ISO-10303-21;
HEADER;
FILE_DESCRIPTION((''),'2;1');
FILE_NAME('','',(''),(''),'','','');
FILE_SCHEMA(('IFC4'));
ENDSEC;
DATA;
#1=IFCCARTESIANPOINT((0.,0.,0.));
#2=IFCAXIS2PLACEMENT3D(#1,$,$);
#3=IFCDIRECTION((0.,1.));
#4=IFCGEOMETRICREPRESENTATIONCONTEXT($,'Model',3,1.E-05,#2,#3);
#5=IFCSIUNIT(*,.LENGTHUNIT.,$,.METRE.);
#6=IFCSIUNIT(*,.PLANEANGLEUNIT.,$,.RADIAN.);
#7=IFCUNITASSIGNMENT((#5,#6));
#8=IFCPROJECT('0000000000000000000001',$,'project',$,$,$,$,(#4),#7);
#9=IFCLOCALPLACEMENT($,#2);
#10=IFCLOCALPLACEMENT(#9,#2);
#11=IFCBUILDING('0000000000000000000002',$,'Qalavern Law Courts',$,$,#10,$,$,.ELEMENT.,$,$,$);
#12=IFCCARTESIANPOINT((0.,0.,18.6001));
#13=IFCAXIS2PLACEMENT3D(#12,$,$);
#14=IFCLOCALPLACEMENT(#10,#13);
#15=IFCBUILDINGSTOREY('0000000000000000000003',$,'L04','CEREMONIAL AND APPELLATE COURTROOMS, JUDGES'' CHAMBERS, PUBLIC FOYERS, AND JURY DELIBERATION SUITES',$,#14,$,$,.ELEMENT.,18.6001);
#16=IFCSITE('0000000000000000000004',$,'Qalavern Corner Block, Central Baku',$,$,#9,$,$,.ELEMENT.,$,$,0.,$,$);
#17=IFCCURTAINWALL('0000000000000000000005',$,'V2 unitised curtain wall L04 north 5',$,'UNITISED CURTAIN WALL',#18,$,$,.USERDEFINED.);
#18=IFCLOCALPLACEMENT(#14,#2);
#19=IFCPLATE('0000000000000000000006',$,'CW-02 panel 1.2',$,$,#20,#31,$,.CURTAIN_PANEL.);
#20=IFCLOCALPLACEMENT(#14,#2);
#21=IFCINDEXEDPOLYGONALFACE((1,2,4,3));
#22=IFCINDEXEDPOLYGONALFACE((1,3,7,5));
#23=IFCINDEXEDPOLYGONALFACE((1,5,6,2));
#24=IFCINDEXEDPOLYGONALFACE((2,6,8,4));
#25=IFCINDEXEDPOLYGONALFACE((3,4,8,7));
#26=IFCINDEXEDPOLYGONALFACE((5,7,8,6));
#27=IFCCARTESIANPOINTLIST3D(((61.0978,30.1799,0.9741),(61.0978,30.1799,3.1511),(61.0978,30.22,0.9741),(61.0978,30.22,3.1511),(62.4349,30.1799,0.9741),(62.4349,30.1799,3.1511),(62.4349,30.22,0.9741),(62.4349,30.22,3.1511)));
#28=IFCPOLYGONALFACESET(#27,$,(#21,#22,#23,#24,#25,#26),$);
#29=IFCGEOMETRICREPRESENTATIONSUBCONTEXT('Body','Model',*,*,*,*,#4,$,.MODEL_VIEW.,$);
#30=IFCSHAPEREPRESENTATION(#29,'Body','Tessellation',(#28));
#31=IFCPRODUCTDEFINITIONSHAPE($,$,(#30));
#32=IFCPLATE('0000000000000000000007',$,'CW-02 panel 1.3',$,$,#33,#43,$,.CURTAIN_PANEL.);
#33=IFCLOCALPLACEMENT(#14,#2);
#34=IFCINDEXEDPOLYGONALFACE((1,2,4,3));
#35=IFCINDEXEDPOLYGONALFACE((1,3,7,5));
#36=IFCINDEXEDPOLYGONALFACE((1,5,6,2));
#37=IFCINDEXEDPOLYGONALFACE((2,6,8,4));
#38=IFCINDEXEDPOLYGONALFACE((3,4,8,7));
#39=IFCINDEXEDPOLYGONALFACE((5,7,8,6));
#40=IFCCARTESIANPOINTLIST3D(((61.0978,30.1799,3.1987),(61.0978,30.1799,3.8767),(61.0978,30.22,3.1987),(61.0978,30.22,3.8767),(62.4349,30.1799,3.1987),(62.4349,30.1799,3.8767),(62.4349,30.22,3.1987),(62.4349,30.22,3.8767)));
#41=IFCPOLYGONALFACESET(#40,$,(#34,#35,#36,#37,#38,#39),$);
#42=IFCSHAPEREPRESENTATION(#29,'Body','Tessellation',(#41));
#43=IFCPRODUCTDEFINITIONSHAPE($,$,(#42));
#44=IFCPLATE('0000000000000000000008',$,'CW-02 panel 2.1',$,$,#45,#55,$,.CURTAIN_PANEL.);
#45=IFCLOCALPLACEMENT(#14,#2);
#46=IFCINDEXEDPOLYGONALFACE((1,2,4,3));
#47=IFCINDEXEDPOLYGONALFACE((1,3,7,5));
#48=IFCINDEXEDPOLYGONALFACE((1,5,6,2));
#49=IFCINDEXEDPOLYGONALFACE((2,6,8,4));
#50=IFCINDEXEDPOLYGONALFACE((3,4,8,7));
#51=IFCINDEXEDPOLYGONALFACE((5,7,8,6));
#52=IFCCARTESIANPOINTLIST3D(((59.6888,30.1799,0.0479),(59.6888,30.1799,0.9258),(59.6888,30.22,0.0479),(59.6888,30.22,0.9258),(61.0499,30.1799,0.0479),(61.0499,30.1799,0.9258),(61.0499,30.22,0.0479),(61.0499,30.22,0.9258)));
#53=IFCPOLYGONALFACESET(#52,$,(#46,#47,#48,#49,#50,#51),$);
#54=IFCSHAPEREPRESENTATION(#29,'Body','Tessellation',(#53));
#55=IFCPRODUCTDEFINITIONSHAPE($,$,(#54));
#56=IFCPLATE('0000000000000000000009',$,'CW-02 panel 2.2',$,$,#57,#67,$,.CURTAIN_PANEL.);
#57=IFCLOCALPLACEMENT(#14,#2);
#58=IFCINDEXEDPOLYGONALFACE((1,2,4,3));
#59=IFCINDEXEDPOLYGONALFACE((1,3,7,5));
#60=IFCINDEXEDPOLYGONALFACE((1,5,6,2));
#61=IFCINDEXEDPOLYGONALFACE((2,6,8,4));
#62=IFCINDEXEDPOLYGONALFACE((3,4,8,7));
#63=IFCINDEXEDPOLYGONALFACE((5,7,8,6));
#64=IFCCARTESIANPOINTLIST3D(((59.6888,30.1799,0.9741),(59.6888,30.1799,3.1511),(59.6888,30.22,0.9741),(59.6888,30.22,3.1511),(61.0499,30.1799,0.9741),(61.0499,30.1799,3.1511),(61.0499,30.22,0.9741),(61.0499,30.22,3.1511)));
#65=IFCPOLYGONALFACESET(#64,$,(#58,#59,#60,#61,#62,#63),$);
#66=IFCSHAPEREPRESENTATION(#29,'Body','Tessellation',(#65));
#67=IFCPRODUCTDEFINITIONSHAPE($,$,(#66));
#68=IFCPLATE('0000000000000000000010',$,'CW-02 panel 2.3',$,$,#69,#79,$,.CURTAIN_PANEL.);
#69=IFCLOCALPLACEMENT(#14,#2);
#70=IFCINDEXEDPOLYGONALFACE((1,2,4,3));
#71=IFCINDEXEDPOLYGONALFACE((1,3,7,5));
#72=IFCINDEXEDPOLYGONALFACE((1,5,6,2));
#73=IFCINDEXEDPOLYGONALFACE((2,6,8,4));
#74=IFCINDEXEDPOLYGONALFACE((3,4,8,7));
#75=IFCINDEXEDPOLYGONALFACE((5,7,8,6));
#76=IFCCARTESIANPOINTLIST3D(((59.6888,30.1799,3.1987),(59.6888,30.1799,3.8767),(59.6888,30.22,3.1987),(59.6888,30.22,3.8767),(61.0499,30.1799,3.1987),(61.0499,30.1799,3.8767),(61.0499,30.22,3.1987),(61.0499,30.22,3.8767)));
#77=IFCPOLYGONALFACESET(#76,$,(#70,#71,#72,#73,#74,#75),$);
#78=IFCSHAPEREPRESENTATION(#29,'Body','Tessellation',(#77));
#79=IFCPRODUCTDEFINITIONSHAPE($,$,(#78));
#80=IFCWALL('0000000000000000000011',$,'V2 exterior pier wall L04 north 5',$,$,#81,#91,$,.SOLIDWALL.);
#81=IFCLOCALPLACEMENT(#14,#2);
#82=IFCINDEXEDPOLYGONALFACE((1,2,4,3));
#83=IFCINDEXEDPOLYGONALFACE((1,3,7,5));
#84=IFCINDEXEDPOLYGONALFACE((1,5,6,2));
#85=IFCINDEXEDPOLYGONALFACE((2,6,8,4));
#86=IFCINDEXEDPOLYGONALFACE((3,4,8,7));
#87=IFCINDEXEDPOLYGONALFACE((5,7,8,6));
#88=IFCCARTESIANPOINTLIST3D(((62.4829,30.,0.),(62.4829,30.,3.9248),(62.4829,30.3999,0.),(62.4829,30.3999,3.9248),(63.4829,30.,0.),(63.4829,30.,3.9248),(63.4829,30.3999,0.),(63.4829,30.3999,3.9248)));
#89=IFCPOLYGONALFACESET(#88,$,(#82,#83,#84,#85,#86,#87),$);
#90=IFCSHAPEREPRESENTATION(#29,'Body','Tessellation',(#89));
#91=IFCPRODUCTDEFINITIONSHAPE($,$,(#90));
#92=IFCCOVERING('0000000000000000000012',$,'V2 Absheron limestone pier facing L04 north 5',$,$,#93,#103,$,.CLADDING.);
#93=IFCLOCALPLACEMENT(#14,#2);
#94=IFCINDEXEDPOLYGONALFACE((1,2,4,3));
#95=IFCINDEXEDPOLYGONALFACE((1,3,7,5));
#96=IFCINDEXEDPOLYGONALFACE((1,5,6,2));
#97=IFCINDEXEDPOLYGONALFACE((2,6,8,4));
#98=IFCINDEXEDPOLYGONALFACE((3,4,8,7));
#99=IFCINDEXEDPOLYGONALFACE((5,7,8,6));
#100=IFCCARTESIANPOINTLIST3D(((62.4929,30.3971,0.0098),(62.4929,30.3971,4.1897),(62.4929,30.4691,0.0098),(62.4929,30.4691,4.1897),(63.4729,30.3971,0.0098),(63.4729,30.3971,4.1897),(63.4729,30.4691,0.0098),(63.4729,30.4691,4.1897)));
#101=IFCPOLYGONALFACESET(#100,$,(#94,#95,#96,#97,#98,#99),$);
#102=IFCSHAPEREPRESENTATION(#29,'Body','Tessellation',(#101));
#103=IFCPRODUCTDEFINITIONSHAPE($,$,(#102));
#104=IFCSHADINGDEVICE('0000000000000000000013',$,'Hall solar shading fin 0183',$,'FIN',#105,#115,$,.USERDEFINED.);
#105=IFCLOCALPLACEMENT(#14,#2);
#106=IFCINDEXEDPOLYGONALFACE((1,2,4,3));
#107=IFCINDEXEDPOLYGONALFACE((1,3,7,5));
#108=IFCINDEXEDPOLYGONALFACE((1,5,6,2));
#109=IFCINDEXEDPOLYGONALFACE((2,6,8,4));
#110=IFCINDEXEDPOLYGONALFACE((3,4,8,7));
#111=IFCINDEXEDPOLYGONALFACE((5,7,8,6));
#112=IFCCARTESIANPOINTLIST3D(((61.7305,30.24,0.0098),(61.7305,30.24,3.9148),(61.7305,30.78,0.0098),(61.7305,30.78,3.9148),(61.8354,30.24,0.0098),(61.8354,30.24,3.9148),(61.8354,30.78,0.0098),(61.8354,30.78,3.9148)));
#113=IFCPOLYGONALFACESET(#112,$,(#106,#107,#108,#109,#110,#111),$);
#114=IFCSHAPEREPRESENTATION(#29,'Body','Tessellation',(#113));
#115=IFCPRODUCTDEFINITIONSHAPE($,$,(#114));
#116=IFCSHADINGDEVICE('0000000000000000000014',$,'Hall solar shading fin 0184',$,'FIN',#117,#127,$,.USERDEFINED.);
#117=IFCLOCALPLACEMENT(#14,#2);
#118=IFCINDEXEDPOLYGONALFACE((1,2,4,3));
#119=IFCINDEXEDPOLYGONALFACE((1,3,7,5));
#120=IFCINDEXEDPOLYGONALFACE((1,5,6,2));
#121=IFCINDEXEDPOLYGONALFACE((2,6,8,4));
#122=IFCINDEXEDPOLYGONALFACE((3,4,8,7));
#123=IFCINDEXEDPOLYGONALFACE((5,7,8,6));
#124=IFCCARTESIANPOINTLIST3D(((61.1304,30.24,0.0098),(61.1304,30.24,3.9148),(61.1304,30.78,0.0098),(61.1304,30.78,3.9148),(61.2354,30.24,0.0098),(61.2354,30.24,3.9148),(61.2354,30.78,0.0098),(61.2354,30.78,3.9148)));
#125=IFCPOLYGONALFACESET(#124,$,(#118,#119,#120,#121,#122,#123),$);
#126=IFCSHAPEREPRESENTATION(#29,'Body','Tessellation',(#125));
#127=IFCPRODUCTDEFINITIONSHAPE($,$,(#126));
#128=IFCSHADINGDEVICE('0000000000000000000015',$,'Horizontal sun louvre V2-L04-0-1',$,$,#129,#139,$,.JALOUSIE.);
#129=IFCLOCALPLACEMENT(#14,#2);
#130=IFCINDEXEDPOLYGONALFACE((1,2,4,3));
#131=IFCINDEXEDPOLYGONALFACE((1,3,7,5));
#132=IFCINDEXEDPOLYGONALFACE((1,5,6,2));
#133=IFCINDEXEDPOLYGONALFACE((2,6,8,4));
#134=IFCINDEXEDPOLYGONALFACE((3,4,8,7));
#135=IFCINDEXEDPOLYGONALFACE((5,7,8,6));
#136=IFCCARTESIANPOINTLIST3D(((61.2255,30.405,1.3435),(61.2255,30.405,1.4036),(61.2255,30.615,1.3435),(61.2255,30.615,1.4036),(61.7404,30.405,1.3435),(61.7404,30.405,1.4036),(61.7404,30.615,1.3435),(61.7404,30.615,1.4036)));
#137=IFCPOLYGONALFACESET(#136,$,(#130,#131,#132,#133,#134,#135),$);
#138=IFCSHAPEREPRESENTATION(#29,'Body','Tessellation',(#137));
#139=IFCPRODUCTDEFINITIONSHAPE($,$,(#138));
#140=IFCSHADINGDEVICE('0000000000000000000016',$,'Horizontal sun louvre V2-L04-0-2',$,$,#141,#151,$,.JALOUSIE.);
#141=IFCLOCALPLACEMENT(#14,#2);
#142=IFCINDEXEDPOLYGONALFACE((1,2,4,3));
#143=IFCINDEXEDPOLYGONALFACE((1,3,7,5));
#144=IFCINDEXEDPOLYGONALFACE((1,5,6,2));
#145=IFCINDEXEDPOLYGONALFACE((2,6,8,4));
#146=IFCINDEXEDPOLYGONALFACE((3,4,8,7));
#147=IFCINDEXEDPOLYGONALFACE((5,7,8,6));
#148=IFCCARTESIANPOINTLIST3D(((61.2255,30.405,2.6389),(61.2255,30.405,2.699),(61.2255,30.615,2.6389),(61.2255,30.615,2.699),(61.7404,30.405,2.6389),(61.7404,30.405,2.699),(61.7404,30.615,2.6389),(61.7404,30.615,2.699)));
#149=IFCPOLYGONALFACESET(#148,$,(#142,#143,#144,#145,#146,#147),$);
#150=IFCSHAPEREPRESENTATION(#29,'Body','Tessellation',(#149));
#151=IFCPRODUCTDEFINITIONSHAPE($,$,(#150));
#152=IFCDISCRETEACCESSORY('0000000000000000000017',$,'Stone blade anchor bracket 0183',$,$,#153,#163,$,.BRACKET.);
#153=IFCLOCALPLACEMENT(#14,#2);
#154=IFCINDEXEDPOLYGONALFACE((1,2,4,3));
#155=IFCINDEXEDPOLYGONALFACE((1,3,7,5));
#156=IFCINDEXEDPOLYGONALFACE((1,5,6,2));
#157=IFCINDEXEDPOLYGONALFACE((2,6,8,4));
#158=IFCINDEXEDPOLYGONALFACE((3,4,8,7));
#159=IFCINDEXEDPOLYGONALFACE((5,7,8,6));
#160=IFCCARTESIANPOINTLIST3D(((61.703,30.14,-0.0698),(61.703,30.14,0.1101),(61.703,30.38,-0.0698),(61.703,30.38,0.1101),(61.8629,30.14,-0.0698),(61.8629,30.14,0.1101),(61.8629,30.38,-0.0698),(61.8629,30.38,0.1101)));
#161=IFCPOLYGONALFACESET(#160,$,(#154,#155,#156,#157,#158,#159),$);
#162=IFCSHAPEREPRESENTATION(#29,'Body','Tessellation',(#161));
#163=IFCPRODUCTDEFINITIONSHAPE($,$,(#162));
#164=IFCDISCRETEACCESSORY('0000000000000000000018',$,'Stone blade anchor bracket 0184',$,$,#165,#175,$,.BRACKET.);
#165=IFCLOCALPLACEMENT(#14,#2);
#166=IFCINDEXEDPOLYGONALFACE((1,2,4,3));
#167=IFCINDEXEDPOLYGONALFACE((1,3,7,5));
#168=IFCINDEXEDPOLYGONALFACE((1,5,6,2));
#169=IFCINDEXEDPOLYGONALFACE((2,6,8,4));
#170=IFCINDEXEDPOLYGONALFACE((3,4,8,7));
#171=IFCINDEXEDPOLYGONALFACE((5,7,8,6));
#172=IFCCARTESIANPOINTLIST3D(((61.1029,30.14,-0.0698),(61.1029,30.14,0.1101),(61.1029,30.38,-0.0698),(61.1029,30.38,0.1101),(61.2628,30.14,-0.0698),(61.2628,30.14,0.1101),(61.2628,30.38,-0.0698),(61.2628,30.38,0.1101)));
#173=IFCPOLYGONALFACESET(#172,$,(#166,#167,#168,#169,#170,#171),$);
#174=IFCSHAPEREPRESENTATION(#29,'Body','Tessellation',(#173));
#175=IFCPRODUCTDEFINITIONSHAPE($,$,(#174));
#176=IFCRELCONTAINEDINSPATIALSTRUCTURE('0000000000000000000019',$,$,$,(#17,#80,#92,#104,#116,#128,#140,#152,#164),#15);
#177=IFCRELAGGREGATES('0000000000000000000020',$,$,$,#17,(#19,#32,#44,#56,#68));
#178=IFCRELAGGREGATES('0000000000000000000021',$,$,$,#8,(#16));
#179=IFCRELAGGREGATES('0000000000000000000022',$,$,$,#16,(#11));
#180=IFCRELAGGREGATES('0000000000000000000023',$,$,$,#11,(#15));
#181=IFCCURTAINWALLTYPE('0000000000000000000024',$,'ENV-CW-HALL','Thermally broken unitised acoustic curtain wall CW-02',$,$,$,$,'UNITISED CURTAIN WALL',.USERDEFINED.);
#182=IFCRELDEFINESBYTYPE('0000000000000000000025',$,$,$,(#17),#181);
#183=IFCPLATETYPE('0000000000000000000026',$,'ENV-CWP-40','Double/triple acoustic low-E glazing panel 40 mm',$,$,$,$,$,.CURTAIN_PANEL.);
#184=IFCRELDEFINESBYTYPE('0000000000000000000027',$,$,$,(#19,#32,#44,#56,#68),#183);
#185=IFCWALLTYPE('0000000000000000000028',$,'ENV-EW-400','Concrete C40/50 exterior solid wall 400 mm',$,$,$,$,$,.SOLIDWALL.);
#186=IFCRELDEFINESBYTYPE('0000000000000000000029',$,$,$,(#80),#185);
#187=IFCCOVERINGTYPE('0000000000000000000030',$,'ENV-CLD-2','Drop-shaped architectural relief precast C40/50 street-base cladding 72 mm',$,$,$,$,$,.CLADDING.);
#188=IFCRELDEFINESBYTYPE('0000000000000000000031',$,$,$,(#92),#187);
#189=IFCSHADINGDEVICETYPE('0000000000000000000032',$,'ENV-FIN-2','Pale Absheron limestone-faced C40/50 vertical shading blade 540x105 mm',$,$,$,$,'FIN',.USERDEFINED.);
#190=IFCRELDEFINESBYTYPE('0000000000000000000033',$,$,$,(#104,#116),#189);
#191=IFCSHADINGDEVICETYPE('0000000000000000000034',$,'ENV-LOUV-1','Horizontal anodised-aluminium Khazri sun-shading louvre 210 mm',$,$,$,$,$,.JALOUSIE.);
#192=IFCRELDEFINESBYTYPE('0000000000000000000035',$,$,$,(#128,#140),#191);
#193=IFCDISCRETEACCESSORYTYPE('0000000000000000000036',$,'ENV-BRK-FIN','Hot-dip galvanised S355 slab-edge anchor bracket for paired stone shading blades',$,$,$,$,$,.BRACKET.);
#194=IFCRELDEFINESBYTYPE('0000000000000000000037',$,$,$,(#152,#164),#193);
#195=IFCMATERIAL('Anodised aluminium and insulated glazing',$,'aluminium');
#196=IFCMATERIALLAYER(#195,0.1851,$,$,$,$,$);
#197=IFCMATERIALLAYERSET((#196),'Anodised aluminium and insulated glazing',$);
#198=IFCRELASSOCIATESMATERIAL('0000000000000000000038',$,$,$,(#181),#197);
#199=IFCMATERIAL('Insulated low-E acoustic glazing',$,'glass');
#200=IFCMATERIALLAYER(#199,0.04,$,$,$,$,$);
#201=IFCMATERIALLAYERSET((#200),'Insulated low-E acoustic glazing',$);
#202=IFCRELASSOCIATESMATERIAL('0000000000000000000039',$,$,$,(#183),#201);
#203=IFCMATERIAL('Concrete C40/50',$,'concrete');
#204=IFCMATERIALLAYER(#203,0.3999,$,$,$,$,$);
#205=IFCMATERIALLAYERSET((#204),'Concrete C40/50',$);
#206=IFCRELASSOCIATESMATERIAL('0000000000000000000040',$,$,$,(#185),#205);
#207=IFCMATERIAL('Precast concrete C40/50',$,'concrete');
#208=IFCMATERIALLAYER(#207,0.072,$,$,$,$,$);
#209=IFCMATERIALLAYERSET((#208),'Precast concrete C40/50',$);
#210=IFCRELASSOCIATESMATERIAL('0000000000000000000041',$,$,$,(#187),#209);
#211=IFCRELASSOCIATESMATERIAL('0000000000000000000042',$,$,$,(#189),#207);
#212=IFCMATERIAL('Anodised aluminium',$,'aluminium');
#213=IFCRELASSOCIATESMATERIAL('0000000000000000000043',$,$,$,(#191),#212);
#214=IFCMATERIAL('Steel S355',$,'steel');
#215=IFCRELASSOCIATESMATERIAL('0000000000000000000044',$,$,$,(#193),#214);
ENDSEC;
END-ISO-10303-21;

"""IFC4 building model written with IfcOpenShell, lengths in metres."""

from ifc_helpers import new_model, si_unit, direction, frame, frame_2d, origin, origin_2d, place, context, subcontext, project, spatial, rectangle, extrude, material, layer, layer_set, type_object, element, aggregate, save


model = new_model("IFC4")

# Units and contexts
model_context = context("Model", 3, precision=1e-05, world=origin(), true_north=direction((0.0, 1.0)))
body_context = subcontext(model_context, "Body", "Model", "MODEL_VIEW")
ifc_project = project(units=[si_unit("LENGTHUNIT", "METRE"), si_unit("PLANEANGLEUNIT", "RADIAN")], contexts=[model_context])

# Site, building, storey
site_placement = place(None, origin())
site = spatial("IfcSite", under=ifc_project, at=site_placement, Name="Qalavern Corner Block, Central Baku", CompositionType="ELEMENT", RefElevation=0.0)
building_placement = place(site_placement, origin())
building = spatial("IfcBuilding", under=site, at=building_placement, Name="Qalavern Law Courts", CompositionType="ELEMENT")
storey_placement = place(building_placement, frame((0.0, 0.0, 18.6001)))
storey = spatial("IfcBuildingStorey", under=building, at=storey_placement, Name="L04", Description="CEREMONIAL AND APPELLATE COURTROOMS, JUDGES' CHAMBERS, PUBLIC FOYERS, AND JURY DELIBERATION SUITES", CompositionType="ELEMENT", Elevation=18.6001)

# Curtain wall
ifc_material_1 = material(Name="Anodised aluminium and insulated glazing", Category="aluminium")
ifc_layer_1 = layer(ifc_material_1, 0.1851)
ifc_layer_set_1 = layer_set([ifc_layer_1], Name="Anodised aluminium and insulated glazing")
curtain_wall_type = type_object("IfcCurtainWallType", Name="ENV-CW-HALL", Description="Thermally broken unitised acoustic curtain wall CW-02", ElementType="UNITISED CURTAIN WALL", PredefinedType="USERDEFINED", material=ifc_layer_set_1)
ifc_material_2 = material(Name="Anodised aluminium", Category="aluminium")
curtain_wall_1_placement = place(storey_placement, origin())
curtain_wall_1 = element("IfcCurtainWall", 1, at=curtain_wall_1_placement, inside=storey, type_object=curtain_wall_type, Name="V2 unitised curtain wall L04 north 5", ObjectType="UNITISED CURTAIN WALL", PredefinedType="USERDEFINED")

# Plates
ifc_material_3 = material(Name="Insulated low-E acoustic glazing", Category="glass")
ifc_layer_2 = layer(ifc_material_3, 0.04)
ifc_layer_set_2 = layer_set([ifc_layer_2], Name="Insulated low-E acoustic glazing")
plate_type_1 = type_object("IfcPlateType", Name="ENV-CWP-40", Description="Double/triple acoustic low-E glazing panel 40 mm", PredefinedType="CURTAIN_PANEL", material=ifc_layer_set_2)
plate_1_placement = place(storey_placement, frame((61.7664, 30.2, 0.9741), z_axis=(0.0, 0.0, 1.0), x_axis=(-1.0, 0.0, 0.0)))
plate_1 = element("IfcPlate", 2, at=plate_1_placement, type_object=plate_type_1, Name="CW-02 panel 1.2", PredefinedType="CURTAIN_PANEL", context=body_context, shape_type="SweptSolid", body=[
    extrude(rectangle(XDim=1.3372, YDim=0.04, at=origin_2d()), origin(), (0.0, 0.0, 1.0), 2.177),
])
plate_2_placement = place(storey_placement, frame((61.7664, 30.2, 3.1987), z_axis=(0.0, 0.0, 1.0), x_axis=(-1.0, 0.0, 0.0)))
plate_2 = element("IfcPlate", 3, at=plate_2_placement, type_object=plate_type_1, Name="CW-02 panel 1.3", PredefinedType="CURTAIN_PANEL", context=body_context, shape_type="SweptSolid", body=[
    extrude(rectangle(XDim=1.3372, YDim=0.04, at=origin_2d()), origin(), (0.0, 0.0, 1.0), 0.678),
])
plate_3_placement = place(storey_placement, frame((60.3694, 30.2, 0.0479), z_axis=(0.0, 0.0, 1.0), x_axis=(-1.0, 0.0, 0.0)))
plate_3 = element("IfcPlate", 4, at=plate_3_placement, type_object=plate_type_1, Name="CW-02 panel 2.1", PredefinedType="CURTAIN_PANEL", context=body_context, shape_type="SweptSolid", body=[
    extrude(rectangle(XDim=1.3611, YDim=0.04, at=origin_2d()), origin(), (0.0, 0.0, 1.0), 0.8779),
])
plate_4_placement = place(storey_placement, frame((60.3694, 30.2, 0.9741), z_axis=(0.0, 0.0, 1.0), x_axis=(-1.0, 0.0, 0.0)))
plate_4 = element("IfcPlate", 5, at=plate_4_placement, type_object=plate_type_1, Name="CW-02 panel 2.2", PredefinedType="CURTAIN_PANEL", context=body_context, shape_type="SweptSolid", body=[
    extrude(rectangle(XDim=1.3611, YDim=0.04, at=origin_2d()), origin(), (0.0, 0.0, 1.0), 2.177),
])
plate_5_placement = place(storey_placement, frame((60.3694, 30.2, 3.1987), z_axis=(0.0, 0.0, 1.0), x_axis=(-1.0, 0.0, 0.0)))
plate_5 = element("IfcPlate", 6, at=plate_5_placement, type_object=plate_type_1, Name="CW-02 panel 2.3", PredefinedType="CURTAIN_PANEL", context=body_context, shape_type="SweptSolid", body=[
    extrude(rectangle(XDim=1.3611, YDim=0.04, at=origin_2d()), origin(), (0.0, 0.0, 1.0), 0.678),
])
aggregate(curtain_wall_1, [plate_1, plate_2, plate_3, plate_4, plate_5])

# Wall
ifc_material_4 = material(Name="Concrete C40/50", Category="concrete")
ifc_layer_3 = layer(ifc_material_4, 0.3999)
ifc_layer_set_3 = layer_set([ifc_layer_3], Name="Concrete C40/50")
wall_type = type_object("IfcWallType", Name="ENV-EW-400", Description="Concrete C40/50 exterior solid wall 400 mm", PredefinedType="SOLIDWALL", material=ifc_layer_set_3)
wall_placement = place(storey_placement, frame((63.4829, 30.2, 0.0), z_axis=(0.0, 0.0, 1.0), x_axis=(-1.0, 0.0, 0.0)))
element("IfcWall", 7, at=wall_placement, inside=storey, type_object=wall_type, Name="V2 exterior pier wall L04 north 5", PredefinedType="SOLIDWALL", context=body_context, shape_type="SweptSolid", body=[
    extrude(rectangle(XDim=1.0, YDim=0.3999, at=frame_2d((0.5, 0.0))), origin(), (0.0, 0.0, 1.0), 3.9248),
])

# Covering
ifc_material_5 = material(Name="Precast concrete C40/50", Category="concrete")
ifc_layer_4 = layer(ifc_material_5, 0.072)
ifc_layer_set_4 = layer_set([ifc_layer_4], Name="Precast concrete C40/50")
covering_type = type_object("IfcCoveringType", Name="ENV-CLD-2", Description="Drop-shaped architectural relief precast C40/50 street-base cladding 72 mm", PredefinedType="CLADDING", material=ifc_layer_set_4)
covering_placement = place(storey_placement, frame((62.9829, 30.4331, 0.0098), z_axis=(0.0, 0.0, 1.0), x_axis=(-1.0, 0.0, 0.0)))
element("IfcCovering", 8, at=covering_placement, inside=storey, type_object=covering_type, Name="V2 Absheron limestone pier facing L04 north 5", PredefinedType="CLADDING", context=body_context, shape_type="SweptSolid", body=[
    extrude(rectangle(XDim=0.98, YDim=0.072, at=origin_2d()), origin(), (0.0, 0.0, 1.0), 4.1799),
])

# Shading devices
shading_device_type_1 = type_object("IfcShadingDeviceType", Name="ENV-FIN-2", Description="Pale Absheron limestone-faced C40/50 vertical shading blade 540x105 mm", ElementType="FIN", PredefinedType="USERDEFINED", material=ifc_material_5)
for number, where, z_axis, x_axis, name in (
    (9, (61.783, 30.51, 0.0098), (0.0, 0.0, 1.0), (0.0, 1.0, 0.0), "Hall solar shading fin 0183"),
    (10, (61.1829, 30.51, 0.0098), (0.0, 0.0, 1.0), (0.0, 1.0, 0.0), "Hall solar shading fin 0184"),
):
    element("IfcShadingDevice", number, at=place(storey_placement, frame(where, z_axis=z_axis, x_axis=x_axis)), inside=storey, type_object=shading_device_type_1, Name=name, ObjectType="FIN", PredefinedType="USERDEFINED", context=body_context, shape_type="SweptSolid", body=[
        extrude(rectangle(XDim=0.54, YDim=0.105, at=origin_2d()), origin(), (0.0, 0.0, 1.0), 3.905),
    ])
shading_device_type_2 = type_object("IfcShadingDeviceType", Name="ENV-LOUV-1", Description="Horizontal anodised-aluminium Khazri sun-shading louvre 210 mm", PredefinedType="JALOUSIE", material=ifc_material_2)
for number, where, z_axis, x_axis, name in (
    (11, (61.4829, 30.51, 1.3435), (0.0, 0.0, 1.0), (-1.0, 0.0, 0.0), "Horizontal sun louvre V2-L04-0-1"),
    (12, (61.4829, 30.51, 2.6389), (0.0, 0.0, 1.0), (-1.0, 0.0, 0.0), "Horizontal sun louvre V2-L04-0-2"),
):
    element("IfcShadingDevice", number, at=place(storey_placement, frame(where, z_axis=z_axis, x_axis=x_axis)), inside=storey, type_object=shading_device_type_2, Name=name, PredefinedType="JALOUSIE", context=body_context, shape_type="SweptSolid", body=[
        extrude(rectangle(XDim=0.5149, YDim=0.21, at=origin_2d()), origin(), (0.0, 0.0, 1.0), 0.0601),
    ])

# Discrete accessories
ifc_material_6 = material(Name="Steel S355", Category="steel")
discrete_accessory_type = type_object("IfcDiscreteAccessoryType", Name="ENV-BRK-FIN", Description="Hot-dip galvanised S355 slab-edge anchor bracket for paired stone shading blades", PredefinedType="BRACKET", material=ifc_material_6)
for number, where, z_axis, x_axis, name in (
    (13, (61.783, 30.26, -0.0698), (0.0, 0.0, 1.0), (0.0, 1.0, 0.0), "Stone blade anchor bracket 0183"),
    (14, (61.1829, 30.26, -0.0698), (0.0, 0.0, 1.0), (0.0, 1.0, 0.0), "Stone blade anchor bracket 0184"),
):
    element("IfcDiscreteAccessory", number, at=place(storey_placement, frame(where, z_axis=z_axis, x_axis=x_axis)), inside=storey, type_object=discrete_accessory_type, Name=name, PredefinedType="BRACKET", context=body_context, shape_type="SweptSolid", body=[
        extrude(rectangle(XDim=0.24, YDim=0.1599, at=origin_2d()), origin(), (0.0, 0.0, 1.0), 0.1799),
    ])

save(model, "model.ifc")
